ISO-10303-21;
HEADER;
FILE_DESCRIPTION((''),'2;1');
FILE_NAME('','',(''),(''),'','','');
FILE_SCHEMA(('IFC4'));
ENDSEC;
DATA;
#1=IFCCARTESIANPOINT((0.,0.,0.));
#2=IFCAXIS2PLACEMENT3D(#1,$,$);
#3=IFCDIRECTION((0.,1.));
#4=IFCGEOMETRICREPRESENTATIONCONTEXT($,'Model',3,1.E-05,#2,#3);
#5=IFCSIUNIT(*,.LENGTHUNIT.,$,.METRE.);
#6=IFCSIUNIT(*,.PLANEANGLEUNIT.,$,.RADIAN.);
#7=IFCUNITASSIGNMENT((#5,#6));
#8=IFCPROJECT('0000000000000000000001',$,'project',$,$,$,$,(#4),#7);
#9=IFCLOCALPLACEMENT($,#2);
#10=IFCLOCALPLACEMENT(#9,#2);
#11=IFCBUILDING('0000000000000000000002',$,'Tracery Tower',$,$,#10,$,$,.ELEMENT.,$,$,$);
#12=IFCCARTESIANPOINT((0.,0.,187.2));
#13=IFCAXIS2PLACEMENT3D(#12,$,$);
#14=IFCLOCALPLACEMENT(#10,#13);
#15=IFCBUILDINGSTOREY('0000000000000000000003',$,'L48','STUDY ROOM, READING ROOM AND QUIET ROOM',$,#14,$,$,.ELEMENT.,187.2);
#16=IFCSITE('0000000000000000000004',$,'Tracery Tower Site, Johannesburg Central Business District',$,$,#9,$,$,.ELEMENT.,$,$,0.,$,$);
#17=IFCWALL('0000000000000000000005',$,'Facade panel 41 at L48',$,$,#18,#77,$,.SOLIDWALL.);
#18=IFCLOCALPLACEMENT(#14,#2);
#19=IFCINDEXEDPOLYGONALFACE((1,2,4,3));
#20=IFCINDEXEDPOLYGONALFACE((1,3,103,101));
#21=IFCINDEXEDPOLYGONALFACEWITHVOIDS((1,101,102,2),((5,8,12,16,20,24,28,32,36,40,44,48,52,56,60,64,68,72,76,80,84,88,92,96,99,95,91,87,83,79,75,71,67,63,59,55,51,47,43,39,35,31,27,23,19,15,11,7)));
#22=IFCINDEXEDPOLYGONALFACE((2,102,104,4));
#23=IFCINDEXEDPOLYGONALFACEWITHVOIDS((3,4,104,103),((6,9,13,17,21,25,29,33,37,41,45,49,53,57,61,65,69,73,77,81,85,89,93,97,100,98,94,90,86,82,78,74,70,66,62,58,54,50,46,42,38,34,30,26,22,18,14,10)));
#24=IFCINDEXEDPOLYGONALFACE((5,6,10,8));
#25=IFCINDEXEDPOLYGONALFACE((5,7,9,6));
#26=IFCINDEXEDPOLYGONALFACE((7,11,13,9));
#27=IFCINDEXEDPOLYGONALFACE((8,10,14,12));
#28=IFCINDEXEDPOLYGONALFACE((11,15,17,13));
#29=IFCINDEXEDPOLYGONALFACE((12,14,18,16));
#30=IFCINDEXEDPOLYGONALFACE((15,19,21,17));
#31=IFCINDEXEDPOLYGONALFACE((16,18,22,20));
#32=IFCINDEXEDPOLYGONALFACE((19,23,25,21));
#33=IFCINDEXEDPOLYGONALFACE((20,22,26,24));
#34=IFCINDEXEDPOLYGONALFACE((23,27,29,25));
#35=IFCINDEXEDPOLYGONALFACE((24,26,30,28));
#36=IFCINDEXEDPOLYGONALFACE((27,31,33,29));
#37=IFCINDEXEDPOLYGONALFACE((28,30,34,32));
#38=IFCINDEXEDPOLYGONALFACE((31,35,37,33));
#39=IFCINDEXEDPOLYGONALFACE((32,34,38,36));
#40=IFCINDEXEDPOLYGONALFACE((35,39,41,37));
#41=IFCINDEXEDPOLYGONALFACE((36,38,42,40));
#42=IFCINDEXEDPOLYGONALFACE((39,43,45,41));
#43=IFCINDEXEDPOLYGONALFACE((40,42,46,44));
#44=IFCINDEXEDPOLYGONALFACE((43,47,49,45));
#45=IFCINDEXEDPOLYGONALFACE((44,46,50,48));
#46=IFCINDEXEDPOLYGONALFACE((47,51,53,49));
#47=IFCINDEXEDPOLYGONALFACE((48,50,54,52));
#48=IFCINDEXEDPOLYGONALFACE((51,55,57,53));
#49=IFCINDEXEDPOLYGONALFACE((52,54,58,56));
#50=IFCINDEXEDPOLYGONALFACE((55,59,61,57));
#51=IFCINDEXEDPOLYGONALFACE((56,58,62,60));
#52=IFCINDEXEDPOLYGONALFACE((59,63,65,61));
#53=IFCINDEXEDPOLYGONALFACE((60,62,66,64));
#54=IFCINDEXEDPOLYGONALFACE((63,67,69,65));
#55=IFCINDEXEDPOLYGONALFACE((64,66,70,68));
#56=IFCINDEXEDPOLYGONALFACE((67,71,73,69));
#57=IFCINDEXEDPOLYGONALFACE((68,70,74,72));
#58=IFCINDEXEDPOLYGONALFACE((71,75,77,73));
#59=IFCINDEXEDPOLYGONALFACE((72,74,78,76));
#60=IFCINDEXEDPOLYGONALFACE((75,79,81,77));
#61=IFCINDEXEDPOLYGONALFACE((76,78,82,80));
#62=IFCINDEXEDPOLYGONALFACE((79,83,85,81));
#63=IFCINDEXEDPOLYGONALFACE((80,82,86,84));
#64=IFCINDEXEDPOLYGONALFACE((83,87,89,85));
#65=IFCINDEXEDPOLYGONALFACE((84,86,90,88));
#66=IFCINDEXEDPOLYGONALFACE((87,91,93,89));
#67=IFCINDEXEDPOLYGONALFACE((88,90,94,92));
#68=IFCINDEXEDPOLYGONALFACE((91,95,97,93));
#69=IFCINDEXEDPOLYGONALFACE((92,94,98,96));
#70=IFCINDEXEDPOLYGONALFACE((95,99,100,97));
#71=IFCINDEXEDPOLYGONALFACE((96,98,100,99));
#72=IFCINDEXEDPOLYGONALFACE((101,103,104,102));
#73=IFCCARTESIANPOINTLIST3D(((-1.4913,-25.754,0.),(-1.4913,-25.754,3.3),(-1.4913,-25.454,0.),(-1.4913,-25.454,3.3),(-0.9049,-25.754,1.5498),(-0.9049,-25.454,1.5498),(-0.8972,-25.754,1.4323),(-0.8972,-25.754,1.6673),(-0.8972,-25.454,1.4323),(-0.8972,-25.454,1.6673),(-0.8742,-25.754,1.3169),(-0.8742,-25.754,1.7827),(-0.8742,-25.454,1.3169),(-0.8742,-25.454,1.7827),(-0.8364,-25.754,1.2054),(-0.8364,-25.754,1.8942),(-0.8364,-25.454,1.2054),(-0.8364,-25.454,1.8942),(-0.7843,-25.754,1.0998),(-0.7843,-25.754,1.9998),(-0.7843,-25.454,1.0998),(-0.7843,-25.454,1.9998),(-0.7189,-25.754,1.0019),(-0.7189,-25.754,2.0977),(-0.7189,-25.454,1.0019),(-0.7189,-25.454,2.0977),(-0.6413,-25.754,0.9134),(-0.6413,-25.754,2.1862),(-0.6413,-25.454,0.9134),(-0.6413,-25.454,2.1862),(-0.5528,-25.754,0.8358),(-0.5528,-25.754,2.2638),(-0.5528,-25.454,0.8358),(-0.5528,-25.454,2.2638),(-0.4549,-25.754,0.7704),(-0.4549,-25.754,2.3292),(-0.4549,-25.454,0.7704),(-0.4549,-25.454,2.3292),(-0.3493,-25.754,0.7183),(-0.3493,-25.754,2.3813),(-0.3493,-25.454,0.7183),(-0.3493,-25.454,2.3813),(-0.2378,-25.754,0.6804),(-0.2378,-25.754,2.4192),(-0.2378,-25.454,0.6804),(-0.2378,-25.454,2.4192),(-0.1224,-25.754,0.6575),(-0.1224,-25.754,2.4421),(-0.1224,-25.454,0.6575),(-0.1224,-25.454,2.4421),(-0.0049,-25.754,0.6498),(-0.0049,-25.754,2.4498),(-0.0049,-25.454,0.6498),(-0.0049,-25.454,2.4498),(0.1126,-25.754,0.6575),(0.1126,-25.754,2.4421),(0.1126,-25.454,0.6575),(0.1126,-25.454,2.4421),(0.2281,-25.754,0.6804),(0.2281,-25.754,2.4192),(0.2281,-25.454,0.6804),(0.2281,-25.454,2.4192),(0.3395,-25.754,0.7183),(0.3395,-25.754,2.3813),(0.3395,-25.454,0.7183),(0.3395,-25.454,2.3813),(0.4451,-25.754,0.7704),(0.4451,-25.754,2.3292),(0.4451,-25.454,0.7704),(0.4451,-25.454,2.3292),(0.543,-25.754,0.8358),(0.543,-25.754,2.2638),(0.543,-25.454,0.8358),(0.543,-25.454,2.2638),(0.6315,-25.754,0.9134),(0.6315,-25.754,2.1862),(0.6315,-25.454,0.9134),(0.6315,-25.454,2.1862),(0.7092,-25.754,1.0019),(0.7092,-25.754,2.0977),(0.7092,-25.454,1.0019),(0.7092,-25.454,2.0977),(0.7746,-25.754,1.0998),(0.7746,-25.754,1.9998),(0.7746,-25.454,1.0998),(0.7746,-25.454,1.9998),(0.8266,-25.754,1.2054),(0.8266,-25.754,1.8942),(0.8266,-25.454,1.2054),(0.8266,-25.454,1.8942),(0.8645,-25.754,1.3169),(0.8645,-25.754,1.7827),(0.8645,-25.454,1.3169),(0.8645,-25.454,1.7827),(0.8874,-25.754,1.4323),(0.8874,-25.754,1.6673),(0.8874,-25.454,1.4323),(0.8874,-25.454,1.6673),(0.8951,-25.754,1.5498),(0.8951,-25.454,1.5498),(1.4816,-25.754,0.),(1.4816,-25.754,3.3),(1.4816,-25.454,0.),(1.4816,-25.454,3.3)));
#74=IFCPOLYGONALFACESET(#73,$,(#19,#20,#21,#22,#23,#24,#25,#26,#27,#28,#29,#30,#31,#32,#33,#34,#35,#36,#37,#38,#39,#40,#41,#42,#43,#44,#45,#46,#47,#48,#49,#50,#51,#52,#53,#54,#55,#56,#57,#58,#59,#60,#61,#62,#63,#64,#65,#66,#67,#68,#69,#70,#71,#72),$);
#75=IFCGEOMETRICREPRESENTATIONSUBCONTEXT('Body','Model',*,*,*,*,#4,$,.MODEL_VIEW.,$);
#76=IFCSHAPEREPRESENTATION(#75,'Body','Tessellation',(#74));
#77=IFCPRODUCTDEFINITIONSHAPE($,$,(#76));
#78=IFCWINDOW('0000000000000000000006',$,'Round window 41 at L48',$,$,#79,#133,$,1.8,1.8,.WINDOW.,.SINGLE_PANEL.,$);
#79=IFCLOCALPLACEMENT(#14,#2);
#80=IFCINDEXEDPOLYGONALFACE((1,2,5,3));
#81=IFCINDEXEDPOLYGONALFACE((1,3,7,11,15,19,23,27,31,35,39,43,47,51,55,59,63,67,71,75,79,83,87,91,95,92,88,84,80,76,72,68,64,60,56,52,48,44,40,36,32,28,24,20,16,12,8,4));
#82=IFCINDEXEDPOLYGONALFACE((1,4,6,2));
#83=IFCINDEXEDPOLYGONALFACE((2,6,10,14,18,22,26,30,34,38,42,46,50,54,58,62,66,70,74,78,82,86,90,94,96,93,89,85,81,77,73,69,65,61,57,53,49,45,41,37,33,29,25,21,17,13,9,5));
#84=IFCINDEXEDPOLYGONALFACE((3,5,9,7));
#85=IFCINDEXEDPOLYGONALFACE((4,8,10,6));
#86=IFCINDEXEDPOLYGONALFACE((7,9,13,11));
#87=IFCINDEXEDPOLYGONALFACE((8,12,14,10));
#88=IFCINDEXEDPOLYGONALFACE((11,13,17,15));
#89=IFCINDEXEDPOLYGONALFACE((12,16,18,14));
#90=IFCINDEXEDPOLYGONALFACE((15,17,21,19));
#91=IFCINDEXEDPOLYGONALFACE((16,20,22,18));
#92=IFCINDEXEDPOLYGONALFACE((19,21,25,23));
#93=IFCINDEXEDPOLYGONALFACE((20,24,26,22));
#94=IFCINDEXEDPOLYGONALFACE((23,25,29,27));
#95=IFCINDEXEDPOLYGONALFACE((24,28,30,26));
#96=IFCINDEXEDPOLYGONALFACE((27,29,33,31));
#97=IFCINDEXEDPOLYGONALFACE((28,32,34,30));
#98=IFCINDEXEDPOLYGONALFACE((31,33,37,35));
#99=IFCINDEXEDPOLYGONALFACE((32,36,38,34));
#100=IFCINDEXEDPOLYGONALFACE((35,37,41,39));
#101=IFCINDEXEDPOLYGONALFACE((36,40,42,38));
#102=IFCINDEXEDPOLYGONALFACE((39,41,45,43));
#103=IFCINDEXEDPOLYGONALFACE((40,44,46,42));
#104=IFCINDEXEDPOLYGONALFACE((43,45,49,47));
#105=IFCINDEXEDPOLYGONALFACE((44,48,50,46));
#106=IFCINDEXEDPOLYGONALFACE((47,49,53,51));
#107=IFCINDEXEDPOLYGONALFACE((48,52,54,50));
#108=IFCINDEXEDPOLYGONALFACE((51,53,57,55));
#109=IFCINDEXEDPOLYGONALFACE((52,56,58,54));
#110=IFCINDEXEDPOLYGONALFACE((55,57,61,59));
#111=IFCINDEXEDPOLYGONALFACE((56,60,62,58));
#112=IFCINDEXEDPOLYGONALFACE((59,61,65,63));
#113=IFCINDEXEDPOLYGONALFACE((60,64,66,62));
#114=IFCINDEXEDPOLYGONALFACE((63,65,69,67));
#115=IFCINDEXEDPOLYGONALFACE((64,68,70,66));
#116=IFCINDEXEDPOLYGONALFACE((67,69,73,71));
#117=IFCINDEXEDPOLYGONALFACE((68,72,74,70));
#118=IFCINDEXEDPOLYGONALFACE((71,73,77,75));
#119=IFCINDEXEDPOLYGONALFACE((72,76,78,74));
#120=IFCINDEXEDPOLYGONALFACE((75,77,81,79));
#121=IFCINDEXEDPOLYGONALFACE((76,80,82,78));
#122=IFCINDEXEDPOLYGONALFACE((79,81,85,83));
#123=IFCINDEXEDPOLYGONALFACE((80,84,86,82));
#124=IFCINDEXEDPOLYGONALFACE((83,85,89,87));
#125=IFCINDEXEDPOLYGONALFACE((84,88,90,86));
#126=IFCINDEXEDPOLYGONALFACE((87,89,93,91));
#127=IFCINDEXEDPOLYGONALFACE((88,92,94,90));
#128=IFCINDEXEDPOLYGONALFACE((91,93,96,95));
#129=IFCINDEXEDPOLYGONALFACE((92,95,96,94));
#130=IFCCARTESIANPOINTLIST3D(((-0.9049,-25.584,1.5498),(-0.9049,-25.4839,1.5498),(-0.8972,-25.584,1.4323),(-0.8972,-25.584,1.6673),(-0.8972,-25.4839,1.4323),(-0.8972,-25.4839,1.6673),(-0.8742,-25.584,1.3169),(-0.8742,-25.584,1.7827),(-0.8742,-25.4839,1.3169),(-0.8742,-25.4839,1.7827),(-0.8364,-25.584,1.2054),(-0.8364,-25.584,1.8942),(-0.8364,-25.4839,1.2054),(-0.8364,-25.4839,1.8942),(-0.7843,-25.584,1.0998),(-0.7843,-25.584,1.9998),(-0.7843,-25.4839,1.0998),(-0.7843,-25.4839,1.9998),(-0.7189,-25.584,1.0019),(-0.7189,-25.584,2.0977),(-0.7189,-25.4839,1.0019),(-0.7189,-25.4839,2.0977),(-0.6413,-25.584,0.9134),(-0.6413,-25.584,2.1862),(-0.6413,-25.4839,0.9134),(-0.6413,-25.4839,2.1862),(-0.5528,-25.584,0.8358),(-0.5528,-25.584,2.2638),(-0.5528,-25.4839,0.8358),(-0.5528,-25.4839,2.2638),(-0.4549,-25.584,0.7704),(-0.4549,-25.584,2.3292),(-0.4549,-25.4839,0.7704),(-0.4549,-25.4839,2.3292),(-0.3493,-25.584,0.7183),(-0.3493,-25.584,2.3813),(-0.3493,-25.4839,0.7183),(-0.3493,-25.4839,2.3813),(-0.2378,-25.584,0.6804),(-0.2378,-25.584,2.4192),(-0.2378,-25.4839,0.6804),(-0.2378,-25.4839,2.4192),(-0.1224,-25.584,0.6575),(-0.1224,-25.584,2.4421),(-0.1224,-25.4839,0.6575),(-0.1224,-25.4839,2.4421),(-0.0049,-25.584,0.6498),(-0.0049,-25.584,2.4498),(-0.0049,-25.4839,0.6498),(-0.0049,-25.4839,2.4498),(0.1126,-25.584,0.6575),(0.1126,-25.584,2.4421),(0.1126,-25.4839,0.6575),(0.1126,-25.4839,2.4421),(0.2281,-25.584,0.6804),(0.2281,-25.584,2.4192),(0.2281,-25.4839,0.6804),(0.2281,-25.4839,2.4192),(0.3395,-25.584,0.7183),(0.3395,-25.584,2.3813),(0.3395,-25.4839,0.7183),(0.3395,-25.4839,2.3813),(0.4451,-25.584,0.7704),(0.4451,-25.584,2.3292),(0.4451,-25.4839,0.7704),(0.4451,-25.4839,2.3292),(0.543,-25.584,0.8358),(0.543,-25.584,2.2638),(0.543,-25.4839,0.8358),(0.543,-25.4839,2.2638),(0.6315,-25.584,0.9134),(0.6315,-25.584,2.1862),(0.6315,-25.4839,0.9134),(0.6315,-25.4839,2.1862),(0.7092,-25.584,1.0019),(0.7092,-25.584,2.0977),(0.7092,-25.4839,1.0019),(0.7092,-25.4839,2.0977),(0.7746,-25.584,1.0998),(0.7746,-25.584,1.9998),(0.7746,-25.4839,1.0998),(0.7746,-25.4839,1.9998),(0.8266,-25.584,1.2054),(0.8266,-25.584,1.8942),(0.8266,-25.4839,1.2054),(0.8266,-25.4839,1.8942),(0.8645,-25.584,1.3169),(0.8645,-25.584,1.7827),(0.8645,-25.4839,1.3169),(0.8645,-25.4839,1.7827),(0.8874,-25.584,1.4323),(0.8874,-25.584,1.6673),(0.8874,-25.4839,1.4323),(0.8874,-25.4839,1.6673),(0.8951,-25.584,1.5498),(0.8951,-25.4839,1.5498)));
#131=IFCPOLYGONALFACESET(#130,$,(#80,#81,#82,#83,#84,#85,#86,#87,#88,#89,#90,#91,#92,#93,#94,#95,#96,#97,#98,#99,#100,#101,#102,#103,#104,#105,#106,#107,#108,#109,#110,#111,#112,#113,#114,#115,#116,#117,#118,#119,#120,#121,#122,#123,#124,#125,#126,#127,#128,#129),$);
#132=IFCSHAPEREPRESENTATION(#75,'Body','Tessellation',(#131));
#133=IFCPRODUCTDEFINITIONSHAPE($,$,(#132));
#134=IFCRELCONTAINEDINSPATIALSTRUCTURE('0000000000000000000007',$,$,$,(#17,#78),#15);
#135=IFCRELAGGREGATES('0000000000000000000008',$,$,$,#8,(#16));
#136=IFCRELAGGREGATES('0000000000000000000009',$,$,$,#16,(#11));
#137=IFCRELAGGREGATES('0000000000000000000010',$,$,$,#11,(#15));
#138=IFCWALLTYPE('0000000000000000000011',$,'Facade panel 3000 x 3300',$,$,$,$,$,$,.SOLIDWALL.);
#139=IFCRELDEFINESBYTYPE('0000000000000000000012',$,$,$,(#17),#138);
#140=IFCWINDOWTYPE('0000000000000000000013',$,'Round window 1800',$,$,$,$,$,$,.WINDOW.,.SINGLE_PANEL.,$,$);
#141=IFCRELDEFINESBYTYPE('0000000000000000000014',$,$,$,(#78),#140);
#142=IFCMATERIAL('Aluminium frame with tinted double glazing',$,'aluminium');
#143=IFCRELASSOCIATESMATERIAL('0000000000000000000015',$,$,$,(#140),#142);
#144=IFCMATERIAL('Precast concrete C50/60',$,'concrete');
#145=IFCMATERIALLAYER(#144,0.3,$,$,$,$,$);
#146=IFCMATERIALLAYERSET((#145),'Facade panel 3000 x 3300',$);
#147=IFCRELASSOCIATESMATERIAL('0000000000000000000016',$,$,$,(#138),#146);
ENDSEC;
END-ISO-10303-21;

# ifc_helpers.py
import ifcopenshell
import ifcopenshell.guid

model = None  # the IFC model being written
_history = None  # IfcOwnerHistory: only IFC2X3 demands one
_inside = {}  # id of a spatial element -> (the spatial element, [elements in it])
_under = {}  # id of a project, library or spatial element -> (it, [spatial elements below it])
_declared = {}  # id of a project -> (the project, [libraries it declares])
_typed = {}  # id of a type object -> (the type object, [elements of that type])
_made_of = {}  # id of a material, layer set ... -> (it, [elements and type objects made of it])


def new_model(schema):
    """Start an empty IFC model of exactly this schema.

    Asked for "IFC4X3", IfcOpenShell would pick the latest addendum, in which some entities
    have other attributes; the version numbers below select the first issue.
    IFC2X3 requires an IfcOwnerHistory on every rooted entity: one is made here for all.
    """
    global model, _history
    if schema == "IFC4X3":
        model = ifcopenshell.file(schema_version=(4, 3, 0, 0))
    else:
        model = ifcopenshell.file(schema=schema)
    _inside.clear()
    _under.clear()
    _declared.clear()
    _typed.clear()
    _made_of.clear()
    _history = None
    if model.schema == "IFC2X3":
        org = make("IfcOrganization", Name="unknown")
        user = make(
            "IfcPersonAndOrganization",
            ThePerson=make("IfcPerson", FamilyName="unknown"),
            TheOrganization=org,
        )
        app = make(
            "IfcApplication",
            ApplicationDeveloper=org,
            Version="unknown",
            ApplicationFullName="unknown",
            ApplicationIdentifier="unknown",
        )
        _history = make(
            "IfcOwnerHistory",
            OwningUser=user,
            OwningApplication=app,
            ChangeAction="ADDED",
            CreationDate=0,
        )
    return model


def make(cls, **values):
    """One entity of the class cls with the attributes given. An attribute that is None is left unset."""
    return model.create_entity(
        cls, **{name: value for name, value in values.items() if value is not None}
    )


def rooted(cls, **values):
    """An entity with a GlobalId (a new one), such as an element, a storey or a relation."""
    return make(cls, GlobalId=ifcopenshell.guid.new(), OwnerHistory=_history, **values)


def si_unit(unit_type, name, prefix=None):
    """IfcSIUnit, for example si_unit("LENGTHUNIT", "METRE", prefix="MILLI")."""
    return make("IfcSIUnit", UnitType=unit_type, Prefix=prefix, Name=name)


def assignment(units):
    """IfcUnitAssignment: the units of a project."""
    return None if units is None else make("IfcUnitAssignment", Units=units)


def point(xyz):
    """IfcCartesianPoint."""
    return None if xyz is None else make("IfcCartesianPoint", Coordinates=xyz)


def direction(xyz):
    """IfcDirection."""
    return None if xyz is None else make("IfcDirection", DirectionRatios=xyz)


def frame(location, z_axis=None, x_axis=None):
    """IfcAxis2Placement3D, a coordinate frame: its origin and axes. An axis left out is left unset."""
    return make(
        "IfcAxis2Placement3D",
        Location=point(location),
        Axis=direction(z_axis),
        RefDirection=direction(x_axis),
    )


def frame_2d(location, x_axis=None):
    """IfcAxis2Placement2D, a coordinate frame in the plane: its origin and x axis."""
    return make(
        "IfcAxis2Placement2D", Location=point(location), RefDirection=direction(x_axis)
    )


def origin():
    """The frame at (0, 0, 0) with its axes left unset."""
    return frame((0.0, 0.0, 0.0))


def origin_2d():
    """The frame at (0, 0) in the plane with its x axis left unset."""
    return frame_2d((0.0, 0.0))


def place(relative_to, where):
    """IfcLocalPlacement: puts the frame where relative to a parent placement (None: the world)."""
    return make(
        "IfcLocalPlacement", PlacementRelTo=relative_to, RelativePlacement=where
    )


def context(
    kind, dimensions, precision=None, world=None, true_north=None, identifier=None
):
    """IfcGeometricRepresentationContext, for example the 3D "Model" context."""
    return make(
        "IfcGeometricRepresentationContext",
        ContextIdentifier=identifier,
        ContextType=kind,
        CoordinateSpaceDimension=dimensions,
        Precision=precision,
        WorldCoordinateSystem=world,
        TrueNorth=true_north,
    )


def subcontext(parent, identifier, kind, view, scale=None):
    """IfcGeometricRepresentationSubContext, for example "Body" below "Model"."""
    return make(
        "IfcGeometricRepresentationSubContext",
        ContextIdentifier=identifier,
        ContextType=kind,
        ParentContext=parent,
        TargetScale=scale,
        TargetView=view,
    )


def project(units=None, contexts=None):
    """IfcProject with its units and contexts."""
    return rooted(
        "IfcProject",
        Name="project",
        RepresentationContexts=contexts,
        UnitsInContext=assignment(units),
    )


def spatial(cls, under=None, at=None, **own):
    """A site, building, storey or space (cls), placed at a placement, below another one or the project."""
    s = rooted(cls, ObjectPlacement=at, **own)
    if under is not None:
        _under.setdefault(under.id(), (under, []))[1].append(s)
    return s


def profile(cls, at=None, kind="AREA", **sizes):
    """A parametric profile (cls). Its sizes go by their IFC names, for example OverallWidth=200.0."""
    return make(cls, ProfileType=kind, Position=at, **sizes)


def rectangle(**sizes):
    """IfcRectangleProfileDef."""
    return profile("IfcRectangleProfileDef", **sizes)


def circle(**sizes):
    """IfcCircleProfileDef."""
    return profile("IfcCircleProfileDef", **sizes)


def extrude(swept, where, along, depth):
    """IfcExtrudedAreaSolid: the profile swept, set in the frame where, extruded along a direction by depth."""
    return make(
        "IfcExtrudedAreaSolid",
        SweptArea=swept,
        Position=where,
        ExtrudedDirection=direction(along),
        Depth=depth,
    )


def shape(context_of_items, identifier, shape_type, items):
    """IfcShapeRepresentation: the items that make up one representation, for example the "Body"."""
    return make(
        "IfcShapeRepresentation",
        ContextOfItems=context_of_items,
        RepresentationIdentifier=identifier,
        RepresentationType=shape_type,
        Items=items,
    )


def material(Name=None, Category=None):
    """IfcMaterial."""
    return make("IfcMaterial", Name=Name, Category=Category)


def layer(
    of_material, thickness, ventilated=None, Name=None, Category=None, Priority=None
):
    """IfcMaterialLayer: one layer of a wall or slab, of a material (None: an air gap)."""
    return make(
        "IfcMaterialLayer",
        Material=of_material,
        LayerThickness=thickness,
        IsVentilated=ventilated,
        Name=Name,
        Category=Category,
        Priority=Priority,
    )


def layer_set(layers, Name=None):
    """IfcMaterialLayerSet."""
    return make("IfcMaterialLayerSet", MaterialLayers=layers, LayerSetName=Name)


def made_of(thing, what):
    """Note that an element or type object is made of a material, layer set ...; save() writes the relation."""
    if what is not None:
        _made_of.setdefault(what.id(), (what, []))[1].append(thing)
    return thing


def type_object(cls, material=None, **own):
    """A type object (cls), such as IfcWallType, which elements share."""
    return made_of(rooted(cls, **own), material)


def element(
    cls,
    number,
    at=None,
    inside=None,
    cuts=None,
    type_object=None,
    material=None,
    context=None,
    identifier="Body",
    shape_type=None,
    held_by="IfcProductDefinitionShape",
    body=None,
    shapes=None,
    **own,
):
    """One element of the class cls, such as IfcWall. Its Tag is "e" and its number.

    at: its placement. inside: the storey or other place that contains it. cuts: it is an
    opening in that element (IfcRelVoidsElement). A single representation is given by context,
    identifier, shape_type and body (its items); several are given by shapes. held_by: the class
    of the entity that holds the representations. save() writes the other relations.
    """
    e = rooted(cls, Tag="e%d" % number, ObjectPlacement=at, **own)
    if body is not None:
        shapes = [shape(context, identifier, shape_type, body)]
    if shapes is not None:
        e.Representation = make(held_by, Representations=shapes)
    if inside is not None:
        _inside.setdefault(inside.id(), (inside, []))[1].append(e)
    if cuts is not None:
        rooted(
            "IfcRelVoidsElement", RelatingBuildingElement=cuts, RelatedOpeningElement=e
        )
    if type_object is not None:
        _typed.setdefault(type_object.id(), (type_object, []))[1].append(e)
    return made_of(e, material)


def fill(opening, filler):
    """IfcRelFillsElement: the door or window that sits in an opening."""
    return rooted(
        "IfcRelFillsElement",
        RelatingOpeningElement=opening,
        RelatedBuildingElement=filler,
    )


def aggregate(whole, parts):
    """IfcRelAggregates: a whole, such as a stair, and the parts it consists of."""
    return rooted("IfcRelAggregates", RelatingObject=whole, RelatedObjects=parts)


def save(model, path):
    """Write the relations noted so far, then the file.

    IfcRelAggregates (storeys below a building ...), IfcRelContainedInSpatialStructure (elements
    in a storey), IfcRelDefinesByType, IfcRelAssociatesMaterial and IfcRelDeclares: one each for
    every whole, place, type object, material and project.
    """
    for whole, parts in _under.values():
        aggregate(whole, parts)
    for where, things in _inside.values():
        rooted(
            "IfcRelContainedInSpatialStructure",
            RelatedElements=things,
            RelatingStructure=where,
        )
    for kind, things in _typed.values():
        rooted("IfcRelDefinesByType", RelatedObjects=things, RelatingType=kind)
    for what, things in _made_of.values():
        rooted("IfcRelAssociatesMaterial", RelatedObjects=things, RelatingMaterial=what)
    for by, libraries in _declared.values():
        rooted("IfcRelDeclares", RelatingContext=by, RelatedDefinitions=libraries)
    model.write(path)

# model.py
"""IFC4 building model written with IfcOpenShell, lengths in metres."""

from ifc_helpers import new_model, si_unit, direction, frame, frame_2d, origin, origin_2d, place, context, subcontext, project, spatial, rectangle, circle, extrude, material, layer, layer_set, type_object, element, fill, save


model = new_model("IFC4")

# Units and contexts
model_context = context("Model", 3, precision=1e-05, world=origin(), true_north=direction((0.0, 1.0)))
body_context = subcontext(model_context, "Body", "Model", "MODEL_VIEW")
ifc_project = project(units=[si_unit("LENGTHUNIT", "METRE"), si_unit("PLANEANGLEUNIT", "RADIAN")], contexts=[model_context])

# Site, building, storey
site_placement = place(None, origin())
site = spatial("IfcSite", under=ifc_project, at=site_placement, Name="Tracery Tower Site, Johannesburg Central Business District", CompositionType="ELEMENT", RefElevation=0.0)
building_placement = place(site_placement, origin())
building = spatial("IfcBuilding", under=site, at=building_placement, Name="Tracery Tower", CompositionType="ELEMENT")
storey_placement = place(building_placement, frame((0.0, 0.0, 187.2)))
storey = spatial("IfcBuildingStorey", under=building, at=storey_placement, Name="L48", Description="STUDY ROOM, READING ROOM AND QUIET ROOM", CompositionType="ELEMENT", Elevation=187.2)

# Wall, opening, window
ifc_material_1 = material(Name="Aluminium frame with tinted double glazing", Category="aluminium")
window_type = type_object("IfcWindowType", Name="Round window 1800", PartitioningType="SINGLE_PANEL", PredefinedType="WINDOW", material=ifc_material_1)
ifc_material_2 = material(Name="Precast concrete C50/60", Category="concrete")
ifc_layer_1 = layer(ifc_material_2, 0.3)
ifc_layer_set_1 = layer_set([ifc_layer_1], Name="Facade panel 3000 x 3300")
wall_type_1 = type_object("IfcWallType", Name="Facade panel 3000 x 3300", PredefinedType="SOLIDWALL", material=ifc_layer_set_1)
wall_1_placement = place(storey_placement, frame((-1.4912, -25.604, 0.0), z_axis=(0.0, 0.0, 1.0), x_axis=(1.0, 0.0, 0.0)))
wall_1 = element("IfcWall", 1, at=wall_1_placement, inside=storey, type_object=wall_type_1, Name="Facade panel 41 at L48", PredefinedType="SOLIDWALL", context=body_context, shape_type="SweptSolid", body=[
    extrude(rectangle(XDim=2.9729, YDim=0.3, at=frame_2d((1.4863, 0.0))), origin(), (0.0, 0.0, 1.0), 3.3),
])
opening_1_placement = place(wall_1_placement, frame((1.4863, 0.0, 1.5498)))
opening_1 = element("IfcOpeningElement", 2, at=opening_1_placement, cuts=wall_1, PredefinedType="OPENING", context=body_context, shape_type="SweptSolid", body=[
    extrude(circle(Radius=0.9, at=origin_2d()), frame((0.0, 0.1599, 0.0), z_axis=(0.0, -1.0, 0.0), x_axis=(1.0, 0.0, 0.0)), (0.0, 0.0, 1.0), 0.3201),
])
window_1_placement = place(opening_1_placement, origin())
window_1 = element("IfcWindow", 3, at=window_1_placement, inside=storey, type_object=window_type, Name="Round window 41 at L48", OverallHeight=1.8, OverallWidth=1.8, PartitioningType="SINGLE_PANEL", PredefinedType="WINDOW", context=body_context, shape_type="SweptSolid", body=[
    extrude(circle(Radius=0.9, at=origin_2d()), frame((0.0, 0.1201, 0.0), z_axis=(0.0, -1.0, 0.0), x_axis=(1.0, 0.0, 0.0)), (0.0, 0.0, 1.0), 0.1001),
])
fill(opening_1, window_1)

save(model, "model.ifc")
